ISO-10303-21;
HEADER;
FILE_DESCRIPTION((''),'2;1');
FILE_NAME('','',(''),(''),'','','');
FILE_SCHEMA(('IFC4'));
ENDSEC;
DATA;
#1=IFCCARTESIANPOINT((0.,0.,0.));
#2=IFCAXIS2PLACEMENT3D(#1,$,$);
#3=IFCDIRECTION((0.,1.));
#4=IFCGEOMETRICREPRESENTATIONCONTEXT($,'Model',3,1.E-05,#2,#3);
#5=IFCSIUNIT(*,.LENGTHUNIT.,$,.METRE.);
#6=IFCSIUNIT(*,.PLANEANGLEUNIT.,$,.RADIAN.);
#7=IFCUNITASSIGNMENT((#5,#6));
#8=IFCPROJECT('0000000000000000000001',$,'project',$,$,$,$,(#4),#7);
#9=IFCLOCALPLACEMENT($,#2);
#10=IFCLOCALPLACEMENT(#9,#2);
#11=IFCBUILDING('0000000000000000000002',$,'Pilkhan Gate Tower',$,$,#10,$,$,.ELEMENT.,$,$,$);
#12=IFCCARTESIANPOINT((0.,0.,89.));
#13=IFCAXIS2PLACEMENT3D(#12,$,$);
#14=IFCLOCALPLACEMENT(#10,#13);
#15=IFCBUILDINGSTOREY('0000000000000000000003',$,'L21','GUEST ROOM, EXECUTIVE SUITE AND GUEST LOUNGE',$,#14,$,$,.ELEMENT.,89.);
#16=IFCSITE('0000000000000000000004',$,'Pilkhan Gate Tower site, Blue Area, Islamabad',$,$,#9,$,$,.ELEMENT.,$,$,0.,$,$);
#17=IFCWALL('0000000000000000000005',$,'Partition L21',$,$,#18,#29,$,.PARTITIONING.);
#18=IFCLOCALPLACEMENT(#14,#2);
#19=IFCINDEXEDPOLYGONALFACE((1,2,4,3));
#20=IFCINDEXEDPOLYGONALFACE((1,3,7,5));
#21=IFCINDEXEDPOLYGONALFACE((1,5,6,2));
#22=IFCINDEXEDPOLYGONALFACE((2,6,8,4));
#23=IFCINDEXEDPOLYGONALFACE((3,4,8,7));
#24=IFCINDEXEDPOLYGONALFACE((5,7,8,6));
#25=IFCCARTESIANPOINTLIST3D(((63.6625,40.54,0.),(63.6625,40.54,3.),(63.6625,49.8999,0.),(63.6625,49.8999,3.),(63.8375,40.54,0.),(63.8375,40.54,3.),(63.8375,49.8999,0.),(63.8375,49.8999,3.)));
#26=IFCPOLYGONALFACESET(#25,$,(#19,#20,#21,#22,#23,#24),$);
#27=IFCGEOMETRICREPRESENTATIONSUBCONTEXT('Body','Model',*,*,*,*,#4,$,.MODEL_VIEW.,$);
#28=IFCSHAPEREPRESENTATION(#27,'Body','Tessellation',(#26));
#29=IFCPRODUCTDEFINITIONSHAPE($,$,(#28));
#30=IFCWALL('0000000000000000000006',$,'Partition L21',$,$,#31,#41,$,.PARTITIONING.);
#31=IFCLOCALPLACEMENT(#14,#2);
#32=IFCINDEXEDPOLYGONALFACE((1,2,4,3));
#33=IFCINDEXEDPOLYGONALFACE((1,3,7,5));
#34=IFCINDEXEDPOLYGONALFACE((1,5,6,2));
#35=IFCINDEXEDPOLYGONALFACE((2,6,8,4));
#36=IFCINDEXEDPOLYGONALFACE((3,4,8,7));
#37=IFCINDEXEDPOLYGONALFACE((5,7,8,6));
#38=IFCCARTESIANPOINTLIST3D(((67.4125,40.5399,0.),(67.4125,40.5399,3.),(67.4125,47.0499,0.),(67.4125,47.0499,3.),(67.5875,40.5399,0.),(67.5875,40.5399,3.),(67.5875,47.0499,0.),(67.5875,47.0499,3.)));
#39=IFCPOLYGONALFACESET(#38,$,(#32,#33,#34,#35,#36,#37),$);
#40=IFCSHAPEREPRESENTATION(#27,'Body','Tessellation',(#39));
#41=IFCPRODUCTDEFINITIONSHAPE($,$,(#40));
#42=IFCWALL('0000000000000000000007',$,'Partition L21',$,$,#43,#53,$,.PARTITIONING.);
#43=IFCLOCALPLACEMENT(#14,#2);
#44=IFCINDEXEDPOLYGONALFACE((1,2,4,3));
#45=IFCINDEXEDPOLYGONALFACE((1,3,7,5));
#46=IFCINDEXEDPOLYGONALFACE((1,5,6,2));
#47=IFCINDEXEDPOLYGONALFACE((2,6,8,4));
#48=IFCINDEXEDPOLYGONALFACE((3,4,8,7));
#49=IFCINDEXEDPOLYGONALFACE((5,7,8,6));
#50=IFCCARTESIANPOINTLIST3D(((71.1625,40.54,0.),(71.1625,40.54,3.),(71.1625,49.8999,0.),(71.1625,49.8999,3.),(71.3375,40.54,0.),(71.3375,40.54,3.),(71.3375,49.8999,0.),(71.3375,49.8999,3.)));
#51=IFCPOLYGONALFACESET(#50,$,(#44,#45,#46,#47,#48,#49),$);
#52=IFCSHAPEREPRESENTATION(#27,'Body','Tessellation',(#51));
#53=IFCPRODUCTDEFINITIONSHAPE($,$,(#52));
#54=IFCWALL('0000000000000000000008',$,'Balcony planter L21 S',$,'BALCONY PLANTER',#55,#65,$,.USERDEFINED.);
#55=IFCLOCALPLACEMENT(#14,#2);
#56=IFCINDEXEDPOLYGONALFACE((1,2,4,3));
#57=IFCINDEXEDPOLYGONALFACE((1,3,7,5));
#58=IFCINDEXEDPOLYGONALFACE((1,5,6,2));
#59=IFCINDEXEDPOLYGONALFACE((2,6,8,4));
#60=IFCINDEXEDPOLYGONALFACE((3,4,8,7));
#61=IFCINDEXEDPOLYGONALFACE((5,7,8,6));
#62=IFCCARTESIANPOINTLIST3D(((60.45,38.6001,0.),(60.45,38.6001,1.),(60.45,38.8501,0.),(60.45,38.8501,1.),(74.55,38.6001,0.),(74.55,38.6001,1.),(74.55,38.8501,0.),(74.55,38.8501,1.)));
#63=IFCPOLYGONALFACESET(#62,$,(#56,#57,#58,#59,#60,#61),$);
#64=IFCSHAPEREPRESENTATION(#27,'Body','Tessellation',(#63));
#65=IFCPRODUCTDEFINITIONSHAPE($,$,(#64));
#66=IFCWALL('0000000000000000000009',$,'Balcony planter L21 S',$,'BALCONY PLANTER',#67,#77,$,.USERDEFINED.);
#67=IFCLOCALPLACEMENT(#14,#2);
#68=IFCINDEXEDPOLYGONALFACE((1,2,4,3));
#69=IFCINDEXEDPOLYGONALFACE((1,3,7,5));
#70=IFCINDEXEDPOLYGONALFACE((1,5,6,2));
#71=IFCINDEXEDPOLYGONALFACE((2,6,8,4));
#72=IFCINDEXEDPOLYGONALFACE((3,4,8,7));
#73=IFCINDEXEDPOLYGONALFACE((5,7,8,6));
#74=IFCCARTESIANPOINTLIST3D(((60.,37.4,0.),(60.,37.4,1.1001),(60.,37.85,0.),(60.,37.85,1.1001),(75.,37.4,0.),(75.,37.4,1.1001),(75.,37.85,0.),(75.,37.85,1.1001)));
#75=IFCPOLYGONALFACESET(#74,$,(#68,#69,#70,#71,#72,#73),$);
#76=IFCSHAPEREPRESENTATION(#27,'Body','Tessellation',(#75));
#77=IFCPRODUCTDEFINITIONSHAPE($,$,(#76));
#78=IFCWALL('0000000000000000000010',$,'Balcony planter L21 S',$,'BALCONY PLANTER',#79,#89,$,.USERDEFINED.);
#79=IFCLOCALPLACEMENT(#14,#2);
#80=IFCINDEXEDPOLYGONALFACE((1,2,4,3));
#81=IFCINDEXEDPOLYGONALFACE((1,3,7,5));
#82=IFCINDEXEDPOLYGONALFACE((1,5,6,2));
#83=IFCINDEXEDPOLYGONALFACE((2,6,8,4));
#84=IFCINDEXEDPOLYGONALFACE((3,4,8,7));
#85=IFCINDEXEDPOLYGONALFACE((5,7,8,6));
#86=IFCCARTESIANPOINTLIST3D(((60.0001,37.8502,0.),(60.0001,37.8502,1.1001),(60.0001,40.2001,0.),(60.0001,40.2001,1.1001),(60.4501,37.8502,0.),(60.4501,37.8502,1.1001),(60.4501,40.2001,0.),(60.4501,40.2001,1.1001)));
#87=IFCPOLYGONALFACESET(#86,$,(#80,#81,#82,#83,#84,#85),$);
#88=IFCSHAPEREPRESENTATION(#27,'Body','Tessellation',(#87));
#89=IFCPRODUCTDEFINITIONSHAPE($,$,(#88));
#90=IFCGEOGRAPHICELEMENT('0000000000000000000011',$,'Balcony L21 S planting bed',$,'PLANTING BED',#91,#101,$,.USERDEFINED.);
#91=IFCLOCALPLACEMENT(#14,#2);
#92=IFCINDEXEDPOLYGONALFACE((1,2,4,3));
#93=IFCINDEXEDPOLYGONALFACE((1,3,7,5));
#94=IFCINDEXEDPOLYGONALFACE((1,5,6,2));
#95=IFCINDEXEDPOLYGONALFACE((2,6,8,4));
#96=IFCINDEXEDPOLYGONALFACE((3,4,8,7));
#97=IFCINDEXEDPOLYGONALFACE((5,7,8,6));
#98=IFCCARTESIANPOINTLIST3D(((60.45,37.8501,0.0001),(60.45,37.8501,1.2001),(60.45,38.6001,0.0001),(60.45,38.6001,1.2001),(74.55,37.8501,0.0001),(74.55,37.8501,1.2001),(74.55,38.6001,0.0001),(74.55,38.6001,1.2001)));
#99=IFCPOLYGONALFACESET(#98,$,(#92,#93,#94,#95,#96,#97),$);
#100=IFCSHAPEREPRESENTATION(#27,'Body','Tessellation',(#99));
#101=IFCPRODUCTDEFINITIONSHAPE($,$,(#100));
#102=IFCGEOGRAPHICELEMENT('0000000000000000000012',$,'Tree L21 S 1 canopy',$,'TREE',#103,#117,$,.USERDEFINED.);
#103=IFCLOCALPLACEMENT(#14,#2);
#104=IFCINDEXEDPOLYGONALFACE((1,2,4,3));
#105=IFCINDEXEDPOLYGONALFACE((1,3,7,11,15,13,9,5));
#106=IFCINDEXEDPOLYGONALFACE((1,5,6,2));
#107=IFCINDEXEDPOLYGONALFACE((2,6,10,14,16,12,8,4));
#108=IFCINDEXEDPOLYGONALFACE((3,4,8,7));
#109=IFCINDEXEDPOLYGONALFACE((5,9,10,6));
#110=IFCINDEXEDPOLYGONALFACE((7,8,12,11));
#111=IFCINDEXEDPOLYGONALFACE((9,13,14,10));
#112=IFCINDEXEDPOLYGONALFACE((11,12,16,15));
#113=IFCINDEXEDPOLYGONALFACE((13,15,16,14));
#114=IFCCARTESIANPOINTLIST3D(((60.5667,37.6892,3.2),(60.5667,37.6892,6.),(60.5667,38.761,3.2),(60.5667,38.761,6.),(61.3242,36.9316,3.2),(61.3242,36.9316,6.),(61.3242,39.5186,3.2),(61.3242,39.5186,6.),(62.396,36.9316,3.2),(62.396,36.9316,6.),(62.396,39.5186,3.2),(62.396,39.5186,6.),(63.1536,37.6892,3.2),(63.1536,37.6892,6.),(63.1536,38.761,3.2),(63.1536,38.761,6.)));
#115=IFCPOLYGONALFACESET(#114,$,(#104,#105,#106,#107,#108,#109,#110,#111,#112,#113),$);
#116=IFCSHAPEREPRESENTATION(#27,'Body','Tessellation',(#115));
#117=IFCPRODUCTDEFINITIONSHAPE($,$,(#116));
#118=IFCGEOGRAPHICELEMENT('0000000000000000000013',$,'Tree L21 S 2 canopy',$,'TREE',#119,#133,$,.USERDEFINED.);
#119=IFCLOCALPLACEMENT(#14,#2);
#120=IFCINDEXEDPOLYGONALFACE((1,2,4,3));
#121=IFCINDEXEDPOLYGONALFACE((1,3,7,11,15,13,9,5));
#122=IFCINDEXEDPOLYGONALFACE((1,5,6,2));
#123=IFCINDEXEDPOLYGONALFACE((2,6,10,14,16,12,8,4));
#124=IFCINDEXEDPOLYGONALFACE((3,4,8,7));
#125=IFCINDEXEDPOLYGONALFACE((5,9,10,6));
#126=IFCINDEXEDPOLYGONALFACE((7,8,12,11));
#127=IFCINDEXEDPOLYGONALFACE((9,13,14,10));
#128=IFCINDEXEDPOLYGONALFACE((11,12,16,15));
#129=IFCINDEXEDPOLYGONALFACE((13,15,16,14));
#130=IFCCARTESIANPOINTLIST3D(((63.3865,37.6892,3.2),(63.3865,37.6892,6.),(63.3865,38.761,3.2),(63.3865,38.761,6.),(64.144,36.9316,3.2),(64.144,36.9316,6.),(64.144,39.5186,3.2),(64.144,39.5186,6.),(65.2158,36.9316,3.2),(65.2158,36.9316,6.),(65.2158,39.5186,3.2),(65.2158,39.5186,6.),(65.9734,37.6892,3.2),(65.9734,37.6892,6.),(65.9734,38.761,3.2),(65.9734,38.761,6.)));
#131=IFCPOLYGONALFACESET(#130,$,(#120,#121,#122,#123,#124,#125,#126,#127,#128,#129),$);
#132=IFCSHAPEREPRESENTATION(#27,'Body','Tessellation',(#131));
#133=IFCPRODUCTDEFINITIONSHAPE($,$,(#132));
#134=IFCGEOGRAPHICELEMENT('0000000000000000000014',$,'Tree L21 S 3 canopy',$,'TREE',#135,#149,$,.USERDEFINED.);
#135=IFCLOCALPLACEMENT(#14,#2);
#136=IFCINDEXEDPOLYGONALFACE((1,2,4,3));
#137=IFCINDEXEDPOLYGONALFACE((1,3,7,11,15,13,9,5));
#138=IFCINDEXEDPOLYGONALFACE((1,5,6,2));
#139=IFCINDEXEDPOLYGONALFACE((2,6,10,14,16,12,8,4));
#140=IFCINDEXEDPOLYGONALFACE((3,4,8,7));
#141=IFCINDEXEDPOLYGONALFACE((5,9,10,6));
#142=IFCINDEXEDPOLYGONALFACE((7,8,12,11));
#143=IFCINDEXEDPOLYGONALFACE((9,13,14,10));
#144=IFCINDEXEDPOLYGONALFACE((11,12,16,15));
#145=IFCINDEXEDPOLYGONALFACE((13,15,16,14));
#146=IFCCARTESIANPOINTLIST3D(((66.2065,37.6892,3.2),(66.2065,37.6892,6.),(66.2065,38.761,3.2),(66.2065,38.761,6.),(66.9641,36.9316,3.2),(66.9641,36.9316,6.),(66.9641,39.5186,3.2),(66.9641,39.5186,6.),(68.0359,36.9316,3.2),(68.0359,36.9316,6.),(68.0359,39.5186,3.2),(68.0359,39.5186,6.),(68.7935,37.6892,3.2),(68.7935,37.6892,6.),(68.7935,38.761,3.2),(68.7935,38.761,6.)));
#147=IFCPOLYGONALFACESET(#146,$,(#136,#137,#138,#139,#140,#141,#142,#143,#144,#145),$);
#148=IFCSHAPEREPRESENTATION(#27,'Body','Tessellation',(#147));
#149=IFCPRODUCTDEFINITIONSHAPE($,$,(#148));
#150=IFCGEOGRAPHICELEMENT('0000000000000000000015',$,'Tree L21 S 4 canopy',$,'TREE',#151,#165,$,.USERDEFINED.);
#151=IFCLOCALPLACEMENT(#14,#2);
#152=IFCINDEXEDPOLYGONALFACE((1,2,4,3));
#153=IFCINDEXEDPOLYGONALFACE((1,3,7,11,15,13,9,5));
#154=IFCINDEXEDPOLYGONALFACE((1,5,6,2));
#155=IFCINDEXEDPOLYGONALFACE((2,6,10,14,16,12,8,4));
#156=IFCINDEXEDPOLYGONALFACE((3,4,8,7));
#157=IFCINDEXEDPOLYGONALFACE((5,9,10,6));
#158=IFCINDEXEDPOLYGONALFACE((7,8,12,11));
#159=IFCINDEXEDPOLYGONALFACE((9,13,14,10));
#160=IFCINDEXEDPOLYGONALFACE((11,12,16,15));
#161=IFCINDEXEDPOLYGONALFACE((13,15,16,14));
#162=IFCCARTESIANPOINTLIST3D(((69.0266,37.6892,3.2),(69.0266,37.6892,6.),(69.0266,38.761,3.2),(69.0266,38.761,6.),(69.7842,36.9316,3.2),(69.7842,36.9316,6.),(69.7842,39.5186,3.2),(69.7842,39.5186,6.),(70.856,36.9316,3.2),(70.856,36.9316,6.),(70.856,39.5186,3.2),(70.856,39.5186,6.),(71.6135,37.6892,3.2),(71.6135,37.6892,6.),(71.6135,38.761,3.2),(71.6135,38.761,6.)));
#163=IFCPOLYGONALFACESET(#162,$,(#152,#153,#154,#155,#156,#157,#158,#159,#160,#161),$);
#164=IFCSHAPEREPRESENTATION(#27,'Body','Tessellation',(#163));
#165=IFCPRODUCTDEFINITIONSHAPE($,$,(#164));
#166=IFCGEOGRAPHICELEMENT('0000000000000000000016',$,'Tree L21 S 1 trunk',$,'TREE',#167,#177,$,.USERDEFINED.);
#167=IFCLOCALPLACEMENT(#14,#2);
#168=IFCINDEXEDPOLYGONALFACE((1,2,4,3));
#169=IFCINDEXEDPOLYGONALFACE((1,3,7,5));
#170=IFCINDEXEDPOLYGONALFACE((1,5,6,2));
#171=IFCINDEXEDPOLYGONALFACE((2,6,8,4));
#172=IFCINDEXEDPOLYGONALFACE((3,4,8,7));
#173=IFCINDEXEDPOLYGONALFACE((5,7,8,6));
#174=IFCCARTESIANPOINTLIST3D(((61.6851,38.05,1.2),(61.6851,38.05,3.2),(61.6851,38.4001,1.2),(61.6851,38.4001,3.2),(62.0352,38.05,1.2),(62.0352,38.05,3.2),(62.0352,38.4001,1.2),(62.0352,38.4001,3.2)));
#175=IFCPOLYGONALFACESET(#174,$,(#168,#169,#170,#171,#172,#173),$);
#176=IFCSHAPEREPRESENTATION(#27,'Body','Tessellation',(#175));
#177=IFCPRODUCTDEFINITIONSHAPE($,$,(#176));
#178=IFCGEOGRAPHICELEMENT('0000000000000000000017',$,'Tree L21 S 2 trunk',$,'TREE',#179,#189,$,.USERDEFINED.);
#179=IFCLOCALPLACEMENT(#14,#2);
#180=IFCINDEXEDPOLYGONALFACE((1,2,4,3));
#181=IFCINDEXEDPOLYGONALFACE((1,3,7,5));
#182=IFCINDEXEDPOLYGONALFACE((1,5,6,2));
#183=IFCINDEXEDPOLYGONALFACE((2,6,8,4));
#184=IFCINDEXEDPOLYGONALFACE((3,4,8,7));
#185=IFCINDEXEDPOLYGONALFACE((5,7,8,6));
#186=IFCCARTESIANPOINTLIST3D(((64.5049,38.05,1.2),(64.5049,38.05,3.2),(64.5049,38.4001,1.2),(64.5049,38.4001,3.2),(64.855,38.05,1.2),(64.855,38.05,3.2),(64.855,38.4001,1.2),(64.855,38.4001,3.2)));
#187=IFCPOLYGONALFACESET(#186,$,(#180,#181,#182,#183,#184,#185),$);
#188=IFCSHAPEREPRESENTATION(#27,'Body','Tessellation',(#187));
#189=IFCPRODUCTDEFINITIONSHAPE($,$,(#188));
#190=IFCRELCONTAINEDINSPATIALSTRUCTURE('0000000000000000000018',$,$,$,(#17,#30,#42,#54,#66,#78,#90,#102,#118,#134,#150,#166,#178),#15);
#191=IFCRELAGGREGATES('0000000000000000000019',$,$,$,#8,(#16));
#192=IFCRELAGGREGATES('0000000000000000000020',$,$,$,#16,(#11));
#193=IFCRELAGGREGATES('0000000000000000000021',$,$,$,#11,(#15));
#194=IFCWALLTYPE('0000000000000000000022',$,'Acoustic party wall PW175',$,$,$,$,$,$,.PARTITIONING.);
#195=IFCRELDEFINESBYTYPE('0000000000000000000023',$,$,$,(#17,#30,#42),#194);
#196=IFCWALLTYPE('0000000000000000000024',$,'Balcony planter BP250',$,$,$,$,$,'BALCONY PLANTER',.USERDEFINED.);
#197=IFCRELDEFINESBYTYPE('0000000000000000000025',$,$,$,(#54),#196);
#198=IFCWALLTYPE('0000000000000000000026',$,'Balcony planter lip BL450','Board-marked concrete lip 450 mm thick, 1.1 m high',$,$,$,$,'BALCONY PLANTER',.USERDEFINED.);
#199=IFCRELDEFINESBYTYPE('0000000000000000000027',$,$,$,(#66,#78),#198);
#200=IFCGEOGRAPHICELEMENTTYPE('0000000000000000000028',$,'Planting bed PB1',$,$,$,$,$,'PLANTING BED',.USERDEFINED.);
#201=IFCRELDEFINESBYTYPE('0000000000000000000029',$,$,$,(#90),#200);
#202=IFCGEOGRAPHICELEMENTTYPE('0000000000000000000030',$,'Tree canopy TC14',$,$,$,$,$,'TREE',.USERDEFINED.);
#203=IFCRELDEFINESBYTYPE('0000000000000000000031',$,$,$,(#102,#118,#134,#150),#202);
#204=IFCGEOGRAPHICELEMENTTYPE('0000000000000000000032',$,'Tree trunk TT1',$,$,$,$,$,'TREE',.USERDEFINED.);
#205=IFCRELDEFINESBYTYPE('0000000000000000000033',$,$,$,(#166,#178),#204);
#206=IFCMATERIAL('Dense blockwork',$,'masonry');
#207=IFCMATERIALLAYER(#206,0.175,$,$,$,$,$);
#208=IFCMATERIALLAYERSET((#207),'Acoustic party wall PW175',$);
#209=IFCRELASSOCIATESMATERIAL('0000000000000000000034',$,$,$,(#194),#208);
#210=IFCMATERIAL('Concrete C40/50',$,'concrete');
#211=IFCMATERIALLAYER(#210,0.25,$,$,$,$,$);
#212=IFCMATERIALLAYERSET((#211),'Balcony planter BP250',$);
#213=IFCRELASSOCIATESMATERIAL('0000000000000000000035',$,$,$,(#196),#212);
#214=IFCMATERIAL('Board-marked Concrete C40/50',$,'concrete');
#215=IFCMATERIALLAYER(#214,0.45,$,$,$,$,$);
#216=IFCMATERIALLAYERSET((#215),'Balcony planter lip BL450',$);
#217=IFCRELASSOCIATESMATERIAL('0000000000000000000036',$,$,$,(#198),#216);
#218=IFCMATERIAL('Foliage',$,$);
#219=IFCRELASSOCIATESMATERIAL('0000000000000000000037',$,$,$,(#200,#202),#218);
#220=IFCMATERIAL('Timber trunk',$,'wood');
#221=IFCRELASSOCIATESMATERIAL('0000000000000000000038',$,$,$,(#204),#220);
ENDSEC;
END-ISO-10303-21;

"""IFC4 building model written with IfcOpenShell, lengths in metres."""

from ifc_helpers import new_model, si_unit, direction, frame, frame_2d, origin, origin_2d, place, context, subcontext, project, spatial, polyline, rectangle, outline, extrude, material, layer, layer_set, material_profile, profile_set, type_object, element, save


model = new_model("IFC4")

# Units and contexts
model_context = context("Model", 3, precision=1e-05, world=origin(), true_north=direction((0.0, 1.0)))
body_context = subcontext(model_context, "Body", "Model", "MODEL_VIEW")
ifc_project = project(units=[si_unit("LENGTHUNIT", "METRE"), si_unit("PLANEANGLEUNIT", "RADIAN")], contexts=[model_context])

# Site, building, storey
site_placement = place(None, origin())
site = spatial("IfcSite", under=ifc_project, at=site_placement, Name="Pilkhan Gate Tower site, Blue Area, Islamabad", CompositionType="ELEMENT", RefElevation=0.0)
building_placement = place(site_placement, origin())
building = spatial("IfcBuilding", under=site, at=building_placement, Name="Pilkhan Gate Tower", CompositionType="ELEMENT")
storey_placement = place(building_placement, frame((0.0, 0.0, 89.0)))
storey = spatial("IfcBuildingStorey", under=building, at=storey_placement, Name="L21", Description="GUEST ROOM, EXECUTIVE SUITE AND GUEST LOUNGE", CompositionType="ELEMENT", Elevation=89.0)

# Walls
ifc_material_1 = material(Name="Dense blockwork", Category="masonry")
ifc_layer_1 = layer(ifc_material_1, 0.175)
ifc_layer_set_1 = layer_set([ifc_layer_1], Name="Acoustic party wall PW175")
wall_type_1 = type_object("IfcWallType", Name="Acoustic party wall PW175", PredefinedType="PARTITIONING", material=ifc_layer_set_1)
wall_1_placement = place(storey_placement, frame((63.75, 40.54, 0.0), z_axis=(0.0, 0.0, 1.0), x_axis=(0.0, 1.0, 0.0)))
element("IfcWall", 1, at=wall_1_placement, inside=storey, type_object=wall_type_1, Name="Partition L21", PredefinedType="PARTITIONING", context=body_context, shape_type="SweptSolid", body=[
    extrude(rectangle(XDim=9.3599, YDim=0.175, at=frame_2d((4.6799, 0.0))), origin(), (0.0, 0.0, 1.0), 3.0),
])
wall_2_placement = place(storey_placement, frame((67.5, 40.54, 0.0), z_axis=(0.0, 0.0, 1.0), x_axis=(0.0, 1.0, 0.0)))
element("IfcWall", 2, at=wall_2_placement, inside=storey, type_object=wall_type_1, Name="Partition L21", PredefinedType="PARTITIONING", context=body_context, shape_type="SweptSolid", body=[
    extrude(rectangle(XDim=6.51, YDim=0.175, at=frame_2d((3.2549, 0.0))), origin(), (0.0, 0.0, 1.0), 3.0),
])
wall_3_placement = place(storey_placement, frame((71.25, 40.54, 0.0), z_axis=(0.0, 0.0, 1.0), x_axis=(0.0, 1.0, 0.0)))
element("IfcWall", 3, at=wall_3_placement, inside=storey, type_object=wall_type_1, Name="Partition L21", PredefinedType="PARTITIONING", context=body_context, shape_type="SweptSolid", body=[
    extrude(rectangle(XDim=9.3599, YDim=0.175, at=frame_2d((4.6799, 0.0))), origin(), (0.0, 0.0, 1.0), 3.0),
])
ifc_material_2 = material(Name="Concrete C40/50", Category="concrete")
ifc_layer_2 = layer(ifc_material_2, 0.25)
ifc_layer_set_2 = layer_set([ifc_layer_2], Name="Balcony planter BP250")
wall_type_2 = type_object("IfcWallType", Name="Balcony planter BP250", ElementType="BALCONY PLANTER", PredefinedType="USERDEFINED", material=ifc_layer_set_2)
wall_4_placement = place(storey_placement, frame((60.45, 38.7251, 0.0), z_axis=(0.0, 0.0, 1.0), x_axis=(1.0, 0.0, 0.0)))
element("IfcWall", 4, at=wall_4_placement, inside=storey, type_object=wall_type_2, Name="Balcony planter L21 S", ObjectType="BALCONY PLANTER", PredefinedType="USERDEFINED", context=body_context, shape_type="SweptSolid", body=[
    extrude(rectangle(XDim=14.1001, YDim=0.25, at=frame_2d((7.05, 0.0))), origin(), (0.0, 0.0, 1.0), 1.0),
])
ifc_material_3 = material(Name="Board-marked Concrete C40/50", Category="concrete")
ifc_layer_3 = layer(ifc_material_3, 0.45)
ifc_layer_set_3 = layer_set([ifc_layer_3], Name="Balcony planter lip BL450")
wall_type_3 = type_object("IfcWallType", Name="Balcony planter lip BL450", Description="Board-marked concrete lip 450 mm thick, 1.1 m high", ElementType="BALCONY PLANTER", PredefinedType="USERDEFINED", material=ifc_layer_set_3)
wall_5_placement = place(storey_placement, frame((60.0, 37.625, 0.0), z_axis=(0.0, 0.0, 1.0), x_axis=(1.0, 0.0, 0.0)))
element("IfcWall", 5, at=wall_5_placement, inside=storey, type_object=wall_type_3, Name="Balcony planter L21 S", ObjectType="BALCONY PLANTER", PredefinedType="USERDEFINED", context=body_context, shape_type="SweptSolid", body=[
    extrude(rectangle(XDim=15.0, YDim=0.45, at=frame_2d((7.5, 0.0))), origin(), (0.0, 0.0, 1.0), 1.1001),
])
wall_6_placement = place(storey_placement, frame((60.2251, 40.2, 0.0), z_axis=(0.0, 0.0, 1.0), x_axis=(0.0, -1.0, 0.0)))
element("IfcWall", 6, at=wall_6_placement, inside=storey, type_object=wall_type_3, Name="Balcony planter L21 S", ObjectType="BALCONY PLANTER", PredefinedType="USERDEFINED", context=body_context, shape_type="SweptSolid", body=[
    extrude(rectangle(XDim=2.3499, YDim=0.45, at=frame_2d((1.1748, 0.0))), origin(), (0.0, 0.0, 1.0), 1.1001),
])

# Geographic elements
ifc_material_4 = material(Name="Foliage")
ifc_material_profile_1 = material_profile(ifc_material_4, rectangle(XDim=0.75, YDim=1.2, at=origin_2d()), Name="Bed 750x1200")
ifc_profile_set_1 = profile_set([ifc_material_profile_1], Name="Foliage")
geographic_element_type_1 = type_object("IfcGeographicElementType", Name="Planting bed PB1", ElementType="PLANTING BED", PredefinedType="USERDEFINED", material=ifc_profile_set_1)
geographic_element_placement = place(storey_placement, frame((60.45, 38.2251, 0.6001), z_axis=(1.0, 0.0, 0.0), x_axis=(0.0, 1.0, 0.0)))
element("IfcGeographicElement", 7, at=geographic_element_placement, inside=storey, type_object=geographic_element_type_1, Name="Balcony L21 S planting bed", ObjectType="PLANTING BED", PredefinedType="USERDEFINED", context=body_context, shape_type="SweptSolid", body=[
    extrude(rectangle(XDim=0.75, YDim=1.2, at=origin_2d()), origin(), (0.0, 0.0, 1.0), 14.1001),
])
ifc_material_profile_2 = material_profile(ifc_material_4, outline(polyline([(1.2935, 0.5359), (0.5359, 1.2935), (-0.5359, 1.2935), (-1.2935, 0.5359), (-1.2935, -0.5359), (-0.5359, -1.2935), (0.5359, -1.2935), (1.2935, -0.5359), (1.2935, 0.5359)])), Name="Canopy D2.8")
ifc_profile_set_2 = profile_set([ifc_material_profile_2], Name="Foliage")
geographic_element_type_2 = type_object("IfcGeographicElementType", Name="Tree canopy TC14", ElementType="TREE", PredefinedType="USERDEFINED", material=ifc_profile_set_2)
for number, where, z_axis, x_axis, name in (
    (8, (61.8601, 38.2251, 3.2), (0.0, 0.0, 1.0), (1.0, 0.0, 0.0), "Tree L21 S 1 canopy"),
    (9, (64.6799, 38.2251, 3.2), (0.0, 0.0, 1.0), (1.0, 0.0, 0.0), "Tree L21 S 2 canopy"),
    (10, (67.5, 38.2251, 3.2), (0.0, 0.0, 1.0), (1.0, 0.0, 0.0), "Tree L21 S 3 canopy"),
    (11, (70.3201, 38.2251, 3.2), (0.0, 0.0, 1.0), (1.0, 0.0, 0.0), "Tree L21 S 4 canopy"),
):
    element("IfcGeographicElement", number, at=place(storey_placement, frame(where, z_axis=z_axis, x_axis=x_axis)), inside=storey, type_object=geographic_element_type_2, Name=name, ObjectType="TREE", PredefinedType="USERDEFINED", context=body_context, shape_type="SweptSolid", body=[
        extrude(outline(polyline([(1.2935, 0.5359), (0.5359, 1.2935), (-0.5359, 1.2935), (-1.2935, 0.5359), (-1.2935, -0.5359), (-0.5359, -1.2935), (0.5359, -1.2935), (1.2935, -0.5359), (1.2935, 0.5359)])), origin(), (0.0, 0.0, 1.0), 2.8),
    ])
ifc_material_5 = material(Name="Timber trunk", Category="wood")
geographic_element_type_3 = type_object("IfcGeographicElementType", Name="Tree trunk TT1", ElementType="TREE", PredefinedType="USERDEFINED", material=ifc_material_5)
for number, where, z_axis, x_axis, name in (
    (12, (61.8601, 38.2251, 1.2), (0.0, 0.0, 1.0), (1.0, 0.0, 0.0), "Tree L21 S 1 trunk"),
    (13, (64.6799, 38.2251, 1.2), (0.0, 0.0, 1.0), (1.0, 0.0, 0.0), "Tree L21 S 2 trunk"),
):
    element("IfcGeographicElement", number, at=place(storey_placement, frame(where, z_axis=z_axis, x_axis=x_axis)), inside=storey, type_object=geographic_element_type_3, Name=name, ObjectType="TREE", PredefinedType="USERDEFINED", context=body_context, shape_type="SweptSolid", body=[
        extrude(rectangle(XDim=0.3501, YDim=0.3501, at=origin_2d()), origin(), (0.0, 0.0, 1.0), 2.0),
    ])

save(model, "model.ifc")
